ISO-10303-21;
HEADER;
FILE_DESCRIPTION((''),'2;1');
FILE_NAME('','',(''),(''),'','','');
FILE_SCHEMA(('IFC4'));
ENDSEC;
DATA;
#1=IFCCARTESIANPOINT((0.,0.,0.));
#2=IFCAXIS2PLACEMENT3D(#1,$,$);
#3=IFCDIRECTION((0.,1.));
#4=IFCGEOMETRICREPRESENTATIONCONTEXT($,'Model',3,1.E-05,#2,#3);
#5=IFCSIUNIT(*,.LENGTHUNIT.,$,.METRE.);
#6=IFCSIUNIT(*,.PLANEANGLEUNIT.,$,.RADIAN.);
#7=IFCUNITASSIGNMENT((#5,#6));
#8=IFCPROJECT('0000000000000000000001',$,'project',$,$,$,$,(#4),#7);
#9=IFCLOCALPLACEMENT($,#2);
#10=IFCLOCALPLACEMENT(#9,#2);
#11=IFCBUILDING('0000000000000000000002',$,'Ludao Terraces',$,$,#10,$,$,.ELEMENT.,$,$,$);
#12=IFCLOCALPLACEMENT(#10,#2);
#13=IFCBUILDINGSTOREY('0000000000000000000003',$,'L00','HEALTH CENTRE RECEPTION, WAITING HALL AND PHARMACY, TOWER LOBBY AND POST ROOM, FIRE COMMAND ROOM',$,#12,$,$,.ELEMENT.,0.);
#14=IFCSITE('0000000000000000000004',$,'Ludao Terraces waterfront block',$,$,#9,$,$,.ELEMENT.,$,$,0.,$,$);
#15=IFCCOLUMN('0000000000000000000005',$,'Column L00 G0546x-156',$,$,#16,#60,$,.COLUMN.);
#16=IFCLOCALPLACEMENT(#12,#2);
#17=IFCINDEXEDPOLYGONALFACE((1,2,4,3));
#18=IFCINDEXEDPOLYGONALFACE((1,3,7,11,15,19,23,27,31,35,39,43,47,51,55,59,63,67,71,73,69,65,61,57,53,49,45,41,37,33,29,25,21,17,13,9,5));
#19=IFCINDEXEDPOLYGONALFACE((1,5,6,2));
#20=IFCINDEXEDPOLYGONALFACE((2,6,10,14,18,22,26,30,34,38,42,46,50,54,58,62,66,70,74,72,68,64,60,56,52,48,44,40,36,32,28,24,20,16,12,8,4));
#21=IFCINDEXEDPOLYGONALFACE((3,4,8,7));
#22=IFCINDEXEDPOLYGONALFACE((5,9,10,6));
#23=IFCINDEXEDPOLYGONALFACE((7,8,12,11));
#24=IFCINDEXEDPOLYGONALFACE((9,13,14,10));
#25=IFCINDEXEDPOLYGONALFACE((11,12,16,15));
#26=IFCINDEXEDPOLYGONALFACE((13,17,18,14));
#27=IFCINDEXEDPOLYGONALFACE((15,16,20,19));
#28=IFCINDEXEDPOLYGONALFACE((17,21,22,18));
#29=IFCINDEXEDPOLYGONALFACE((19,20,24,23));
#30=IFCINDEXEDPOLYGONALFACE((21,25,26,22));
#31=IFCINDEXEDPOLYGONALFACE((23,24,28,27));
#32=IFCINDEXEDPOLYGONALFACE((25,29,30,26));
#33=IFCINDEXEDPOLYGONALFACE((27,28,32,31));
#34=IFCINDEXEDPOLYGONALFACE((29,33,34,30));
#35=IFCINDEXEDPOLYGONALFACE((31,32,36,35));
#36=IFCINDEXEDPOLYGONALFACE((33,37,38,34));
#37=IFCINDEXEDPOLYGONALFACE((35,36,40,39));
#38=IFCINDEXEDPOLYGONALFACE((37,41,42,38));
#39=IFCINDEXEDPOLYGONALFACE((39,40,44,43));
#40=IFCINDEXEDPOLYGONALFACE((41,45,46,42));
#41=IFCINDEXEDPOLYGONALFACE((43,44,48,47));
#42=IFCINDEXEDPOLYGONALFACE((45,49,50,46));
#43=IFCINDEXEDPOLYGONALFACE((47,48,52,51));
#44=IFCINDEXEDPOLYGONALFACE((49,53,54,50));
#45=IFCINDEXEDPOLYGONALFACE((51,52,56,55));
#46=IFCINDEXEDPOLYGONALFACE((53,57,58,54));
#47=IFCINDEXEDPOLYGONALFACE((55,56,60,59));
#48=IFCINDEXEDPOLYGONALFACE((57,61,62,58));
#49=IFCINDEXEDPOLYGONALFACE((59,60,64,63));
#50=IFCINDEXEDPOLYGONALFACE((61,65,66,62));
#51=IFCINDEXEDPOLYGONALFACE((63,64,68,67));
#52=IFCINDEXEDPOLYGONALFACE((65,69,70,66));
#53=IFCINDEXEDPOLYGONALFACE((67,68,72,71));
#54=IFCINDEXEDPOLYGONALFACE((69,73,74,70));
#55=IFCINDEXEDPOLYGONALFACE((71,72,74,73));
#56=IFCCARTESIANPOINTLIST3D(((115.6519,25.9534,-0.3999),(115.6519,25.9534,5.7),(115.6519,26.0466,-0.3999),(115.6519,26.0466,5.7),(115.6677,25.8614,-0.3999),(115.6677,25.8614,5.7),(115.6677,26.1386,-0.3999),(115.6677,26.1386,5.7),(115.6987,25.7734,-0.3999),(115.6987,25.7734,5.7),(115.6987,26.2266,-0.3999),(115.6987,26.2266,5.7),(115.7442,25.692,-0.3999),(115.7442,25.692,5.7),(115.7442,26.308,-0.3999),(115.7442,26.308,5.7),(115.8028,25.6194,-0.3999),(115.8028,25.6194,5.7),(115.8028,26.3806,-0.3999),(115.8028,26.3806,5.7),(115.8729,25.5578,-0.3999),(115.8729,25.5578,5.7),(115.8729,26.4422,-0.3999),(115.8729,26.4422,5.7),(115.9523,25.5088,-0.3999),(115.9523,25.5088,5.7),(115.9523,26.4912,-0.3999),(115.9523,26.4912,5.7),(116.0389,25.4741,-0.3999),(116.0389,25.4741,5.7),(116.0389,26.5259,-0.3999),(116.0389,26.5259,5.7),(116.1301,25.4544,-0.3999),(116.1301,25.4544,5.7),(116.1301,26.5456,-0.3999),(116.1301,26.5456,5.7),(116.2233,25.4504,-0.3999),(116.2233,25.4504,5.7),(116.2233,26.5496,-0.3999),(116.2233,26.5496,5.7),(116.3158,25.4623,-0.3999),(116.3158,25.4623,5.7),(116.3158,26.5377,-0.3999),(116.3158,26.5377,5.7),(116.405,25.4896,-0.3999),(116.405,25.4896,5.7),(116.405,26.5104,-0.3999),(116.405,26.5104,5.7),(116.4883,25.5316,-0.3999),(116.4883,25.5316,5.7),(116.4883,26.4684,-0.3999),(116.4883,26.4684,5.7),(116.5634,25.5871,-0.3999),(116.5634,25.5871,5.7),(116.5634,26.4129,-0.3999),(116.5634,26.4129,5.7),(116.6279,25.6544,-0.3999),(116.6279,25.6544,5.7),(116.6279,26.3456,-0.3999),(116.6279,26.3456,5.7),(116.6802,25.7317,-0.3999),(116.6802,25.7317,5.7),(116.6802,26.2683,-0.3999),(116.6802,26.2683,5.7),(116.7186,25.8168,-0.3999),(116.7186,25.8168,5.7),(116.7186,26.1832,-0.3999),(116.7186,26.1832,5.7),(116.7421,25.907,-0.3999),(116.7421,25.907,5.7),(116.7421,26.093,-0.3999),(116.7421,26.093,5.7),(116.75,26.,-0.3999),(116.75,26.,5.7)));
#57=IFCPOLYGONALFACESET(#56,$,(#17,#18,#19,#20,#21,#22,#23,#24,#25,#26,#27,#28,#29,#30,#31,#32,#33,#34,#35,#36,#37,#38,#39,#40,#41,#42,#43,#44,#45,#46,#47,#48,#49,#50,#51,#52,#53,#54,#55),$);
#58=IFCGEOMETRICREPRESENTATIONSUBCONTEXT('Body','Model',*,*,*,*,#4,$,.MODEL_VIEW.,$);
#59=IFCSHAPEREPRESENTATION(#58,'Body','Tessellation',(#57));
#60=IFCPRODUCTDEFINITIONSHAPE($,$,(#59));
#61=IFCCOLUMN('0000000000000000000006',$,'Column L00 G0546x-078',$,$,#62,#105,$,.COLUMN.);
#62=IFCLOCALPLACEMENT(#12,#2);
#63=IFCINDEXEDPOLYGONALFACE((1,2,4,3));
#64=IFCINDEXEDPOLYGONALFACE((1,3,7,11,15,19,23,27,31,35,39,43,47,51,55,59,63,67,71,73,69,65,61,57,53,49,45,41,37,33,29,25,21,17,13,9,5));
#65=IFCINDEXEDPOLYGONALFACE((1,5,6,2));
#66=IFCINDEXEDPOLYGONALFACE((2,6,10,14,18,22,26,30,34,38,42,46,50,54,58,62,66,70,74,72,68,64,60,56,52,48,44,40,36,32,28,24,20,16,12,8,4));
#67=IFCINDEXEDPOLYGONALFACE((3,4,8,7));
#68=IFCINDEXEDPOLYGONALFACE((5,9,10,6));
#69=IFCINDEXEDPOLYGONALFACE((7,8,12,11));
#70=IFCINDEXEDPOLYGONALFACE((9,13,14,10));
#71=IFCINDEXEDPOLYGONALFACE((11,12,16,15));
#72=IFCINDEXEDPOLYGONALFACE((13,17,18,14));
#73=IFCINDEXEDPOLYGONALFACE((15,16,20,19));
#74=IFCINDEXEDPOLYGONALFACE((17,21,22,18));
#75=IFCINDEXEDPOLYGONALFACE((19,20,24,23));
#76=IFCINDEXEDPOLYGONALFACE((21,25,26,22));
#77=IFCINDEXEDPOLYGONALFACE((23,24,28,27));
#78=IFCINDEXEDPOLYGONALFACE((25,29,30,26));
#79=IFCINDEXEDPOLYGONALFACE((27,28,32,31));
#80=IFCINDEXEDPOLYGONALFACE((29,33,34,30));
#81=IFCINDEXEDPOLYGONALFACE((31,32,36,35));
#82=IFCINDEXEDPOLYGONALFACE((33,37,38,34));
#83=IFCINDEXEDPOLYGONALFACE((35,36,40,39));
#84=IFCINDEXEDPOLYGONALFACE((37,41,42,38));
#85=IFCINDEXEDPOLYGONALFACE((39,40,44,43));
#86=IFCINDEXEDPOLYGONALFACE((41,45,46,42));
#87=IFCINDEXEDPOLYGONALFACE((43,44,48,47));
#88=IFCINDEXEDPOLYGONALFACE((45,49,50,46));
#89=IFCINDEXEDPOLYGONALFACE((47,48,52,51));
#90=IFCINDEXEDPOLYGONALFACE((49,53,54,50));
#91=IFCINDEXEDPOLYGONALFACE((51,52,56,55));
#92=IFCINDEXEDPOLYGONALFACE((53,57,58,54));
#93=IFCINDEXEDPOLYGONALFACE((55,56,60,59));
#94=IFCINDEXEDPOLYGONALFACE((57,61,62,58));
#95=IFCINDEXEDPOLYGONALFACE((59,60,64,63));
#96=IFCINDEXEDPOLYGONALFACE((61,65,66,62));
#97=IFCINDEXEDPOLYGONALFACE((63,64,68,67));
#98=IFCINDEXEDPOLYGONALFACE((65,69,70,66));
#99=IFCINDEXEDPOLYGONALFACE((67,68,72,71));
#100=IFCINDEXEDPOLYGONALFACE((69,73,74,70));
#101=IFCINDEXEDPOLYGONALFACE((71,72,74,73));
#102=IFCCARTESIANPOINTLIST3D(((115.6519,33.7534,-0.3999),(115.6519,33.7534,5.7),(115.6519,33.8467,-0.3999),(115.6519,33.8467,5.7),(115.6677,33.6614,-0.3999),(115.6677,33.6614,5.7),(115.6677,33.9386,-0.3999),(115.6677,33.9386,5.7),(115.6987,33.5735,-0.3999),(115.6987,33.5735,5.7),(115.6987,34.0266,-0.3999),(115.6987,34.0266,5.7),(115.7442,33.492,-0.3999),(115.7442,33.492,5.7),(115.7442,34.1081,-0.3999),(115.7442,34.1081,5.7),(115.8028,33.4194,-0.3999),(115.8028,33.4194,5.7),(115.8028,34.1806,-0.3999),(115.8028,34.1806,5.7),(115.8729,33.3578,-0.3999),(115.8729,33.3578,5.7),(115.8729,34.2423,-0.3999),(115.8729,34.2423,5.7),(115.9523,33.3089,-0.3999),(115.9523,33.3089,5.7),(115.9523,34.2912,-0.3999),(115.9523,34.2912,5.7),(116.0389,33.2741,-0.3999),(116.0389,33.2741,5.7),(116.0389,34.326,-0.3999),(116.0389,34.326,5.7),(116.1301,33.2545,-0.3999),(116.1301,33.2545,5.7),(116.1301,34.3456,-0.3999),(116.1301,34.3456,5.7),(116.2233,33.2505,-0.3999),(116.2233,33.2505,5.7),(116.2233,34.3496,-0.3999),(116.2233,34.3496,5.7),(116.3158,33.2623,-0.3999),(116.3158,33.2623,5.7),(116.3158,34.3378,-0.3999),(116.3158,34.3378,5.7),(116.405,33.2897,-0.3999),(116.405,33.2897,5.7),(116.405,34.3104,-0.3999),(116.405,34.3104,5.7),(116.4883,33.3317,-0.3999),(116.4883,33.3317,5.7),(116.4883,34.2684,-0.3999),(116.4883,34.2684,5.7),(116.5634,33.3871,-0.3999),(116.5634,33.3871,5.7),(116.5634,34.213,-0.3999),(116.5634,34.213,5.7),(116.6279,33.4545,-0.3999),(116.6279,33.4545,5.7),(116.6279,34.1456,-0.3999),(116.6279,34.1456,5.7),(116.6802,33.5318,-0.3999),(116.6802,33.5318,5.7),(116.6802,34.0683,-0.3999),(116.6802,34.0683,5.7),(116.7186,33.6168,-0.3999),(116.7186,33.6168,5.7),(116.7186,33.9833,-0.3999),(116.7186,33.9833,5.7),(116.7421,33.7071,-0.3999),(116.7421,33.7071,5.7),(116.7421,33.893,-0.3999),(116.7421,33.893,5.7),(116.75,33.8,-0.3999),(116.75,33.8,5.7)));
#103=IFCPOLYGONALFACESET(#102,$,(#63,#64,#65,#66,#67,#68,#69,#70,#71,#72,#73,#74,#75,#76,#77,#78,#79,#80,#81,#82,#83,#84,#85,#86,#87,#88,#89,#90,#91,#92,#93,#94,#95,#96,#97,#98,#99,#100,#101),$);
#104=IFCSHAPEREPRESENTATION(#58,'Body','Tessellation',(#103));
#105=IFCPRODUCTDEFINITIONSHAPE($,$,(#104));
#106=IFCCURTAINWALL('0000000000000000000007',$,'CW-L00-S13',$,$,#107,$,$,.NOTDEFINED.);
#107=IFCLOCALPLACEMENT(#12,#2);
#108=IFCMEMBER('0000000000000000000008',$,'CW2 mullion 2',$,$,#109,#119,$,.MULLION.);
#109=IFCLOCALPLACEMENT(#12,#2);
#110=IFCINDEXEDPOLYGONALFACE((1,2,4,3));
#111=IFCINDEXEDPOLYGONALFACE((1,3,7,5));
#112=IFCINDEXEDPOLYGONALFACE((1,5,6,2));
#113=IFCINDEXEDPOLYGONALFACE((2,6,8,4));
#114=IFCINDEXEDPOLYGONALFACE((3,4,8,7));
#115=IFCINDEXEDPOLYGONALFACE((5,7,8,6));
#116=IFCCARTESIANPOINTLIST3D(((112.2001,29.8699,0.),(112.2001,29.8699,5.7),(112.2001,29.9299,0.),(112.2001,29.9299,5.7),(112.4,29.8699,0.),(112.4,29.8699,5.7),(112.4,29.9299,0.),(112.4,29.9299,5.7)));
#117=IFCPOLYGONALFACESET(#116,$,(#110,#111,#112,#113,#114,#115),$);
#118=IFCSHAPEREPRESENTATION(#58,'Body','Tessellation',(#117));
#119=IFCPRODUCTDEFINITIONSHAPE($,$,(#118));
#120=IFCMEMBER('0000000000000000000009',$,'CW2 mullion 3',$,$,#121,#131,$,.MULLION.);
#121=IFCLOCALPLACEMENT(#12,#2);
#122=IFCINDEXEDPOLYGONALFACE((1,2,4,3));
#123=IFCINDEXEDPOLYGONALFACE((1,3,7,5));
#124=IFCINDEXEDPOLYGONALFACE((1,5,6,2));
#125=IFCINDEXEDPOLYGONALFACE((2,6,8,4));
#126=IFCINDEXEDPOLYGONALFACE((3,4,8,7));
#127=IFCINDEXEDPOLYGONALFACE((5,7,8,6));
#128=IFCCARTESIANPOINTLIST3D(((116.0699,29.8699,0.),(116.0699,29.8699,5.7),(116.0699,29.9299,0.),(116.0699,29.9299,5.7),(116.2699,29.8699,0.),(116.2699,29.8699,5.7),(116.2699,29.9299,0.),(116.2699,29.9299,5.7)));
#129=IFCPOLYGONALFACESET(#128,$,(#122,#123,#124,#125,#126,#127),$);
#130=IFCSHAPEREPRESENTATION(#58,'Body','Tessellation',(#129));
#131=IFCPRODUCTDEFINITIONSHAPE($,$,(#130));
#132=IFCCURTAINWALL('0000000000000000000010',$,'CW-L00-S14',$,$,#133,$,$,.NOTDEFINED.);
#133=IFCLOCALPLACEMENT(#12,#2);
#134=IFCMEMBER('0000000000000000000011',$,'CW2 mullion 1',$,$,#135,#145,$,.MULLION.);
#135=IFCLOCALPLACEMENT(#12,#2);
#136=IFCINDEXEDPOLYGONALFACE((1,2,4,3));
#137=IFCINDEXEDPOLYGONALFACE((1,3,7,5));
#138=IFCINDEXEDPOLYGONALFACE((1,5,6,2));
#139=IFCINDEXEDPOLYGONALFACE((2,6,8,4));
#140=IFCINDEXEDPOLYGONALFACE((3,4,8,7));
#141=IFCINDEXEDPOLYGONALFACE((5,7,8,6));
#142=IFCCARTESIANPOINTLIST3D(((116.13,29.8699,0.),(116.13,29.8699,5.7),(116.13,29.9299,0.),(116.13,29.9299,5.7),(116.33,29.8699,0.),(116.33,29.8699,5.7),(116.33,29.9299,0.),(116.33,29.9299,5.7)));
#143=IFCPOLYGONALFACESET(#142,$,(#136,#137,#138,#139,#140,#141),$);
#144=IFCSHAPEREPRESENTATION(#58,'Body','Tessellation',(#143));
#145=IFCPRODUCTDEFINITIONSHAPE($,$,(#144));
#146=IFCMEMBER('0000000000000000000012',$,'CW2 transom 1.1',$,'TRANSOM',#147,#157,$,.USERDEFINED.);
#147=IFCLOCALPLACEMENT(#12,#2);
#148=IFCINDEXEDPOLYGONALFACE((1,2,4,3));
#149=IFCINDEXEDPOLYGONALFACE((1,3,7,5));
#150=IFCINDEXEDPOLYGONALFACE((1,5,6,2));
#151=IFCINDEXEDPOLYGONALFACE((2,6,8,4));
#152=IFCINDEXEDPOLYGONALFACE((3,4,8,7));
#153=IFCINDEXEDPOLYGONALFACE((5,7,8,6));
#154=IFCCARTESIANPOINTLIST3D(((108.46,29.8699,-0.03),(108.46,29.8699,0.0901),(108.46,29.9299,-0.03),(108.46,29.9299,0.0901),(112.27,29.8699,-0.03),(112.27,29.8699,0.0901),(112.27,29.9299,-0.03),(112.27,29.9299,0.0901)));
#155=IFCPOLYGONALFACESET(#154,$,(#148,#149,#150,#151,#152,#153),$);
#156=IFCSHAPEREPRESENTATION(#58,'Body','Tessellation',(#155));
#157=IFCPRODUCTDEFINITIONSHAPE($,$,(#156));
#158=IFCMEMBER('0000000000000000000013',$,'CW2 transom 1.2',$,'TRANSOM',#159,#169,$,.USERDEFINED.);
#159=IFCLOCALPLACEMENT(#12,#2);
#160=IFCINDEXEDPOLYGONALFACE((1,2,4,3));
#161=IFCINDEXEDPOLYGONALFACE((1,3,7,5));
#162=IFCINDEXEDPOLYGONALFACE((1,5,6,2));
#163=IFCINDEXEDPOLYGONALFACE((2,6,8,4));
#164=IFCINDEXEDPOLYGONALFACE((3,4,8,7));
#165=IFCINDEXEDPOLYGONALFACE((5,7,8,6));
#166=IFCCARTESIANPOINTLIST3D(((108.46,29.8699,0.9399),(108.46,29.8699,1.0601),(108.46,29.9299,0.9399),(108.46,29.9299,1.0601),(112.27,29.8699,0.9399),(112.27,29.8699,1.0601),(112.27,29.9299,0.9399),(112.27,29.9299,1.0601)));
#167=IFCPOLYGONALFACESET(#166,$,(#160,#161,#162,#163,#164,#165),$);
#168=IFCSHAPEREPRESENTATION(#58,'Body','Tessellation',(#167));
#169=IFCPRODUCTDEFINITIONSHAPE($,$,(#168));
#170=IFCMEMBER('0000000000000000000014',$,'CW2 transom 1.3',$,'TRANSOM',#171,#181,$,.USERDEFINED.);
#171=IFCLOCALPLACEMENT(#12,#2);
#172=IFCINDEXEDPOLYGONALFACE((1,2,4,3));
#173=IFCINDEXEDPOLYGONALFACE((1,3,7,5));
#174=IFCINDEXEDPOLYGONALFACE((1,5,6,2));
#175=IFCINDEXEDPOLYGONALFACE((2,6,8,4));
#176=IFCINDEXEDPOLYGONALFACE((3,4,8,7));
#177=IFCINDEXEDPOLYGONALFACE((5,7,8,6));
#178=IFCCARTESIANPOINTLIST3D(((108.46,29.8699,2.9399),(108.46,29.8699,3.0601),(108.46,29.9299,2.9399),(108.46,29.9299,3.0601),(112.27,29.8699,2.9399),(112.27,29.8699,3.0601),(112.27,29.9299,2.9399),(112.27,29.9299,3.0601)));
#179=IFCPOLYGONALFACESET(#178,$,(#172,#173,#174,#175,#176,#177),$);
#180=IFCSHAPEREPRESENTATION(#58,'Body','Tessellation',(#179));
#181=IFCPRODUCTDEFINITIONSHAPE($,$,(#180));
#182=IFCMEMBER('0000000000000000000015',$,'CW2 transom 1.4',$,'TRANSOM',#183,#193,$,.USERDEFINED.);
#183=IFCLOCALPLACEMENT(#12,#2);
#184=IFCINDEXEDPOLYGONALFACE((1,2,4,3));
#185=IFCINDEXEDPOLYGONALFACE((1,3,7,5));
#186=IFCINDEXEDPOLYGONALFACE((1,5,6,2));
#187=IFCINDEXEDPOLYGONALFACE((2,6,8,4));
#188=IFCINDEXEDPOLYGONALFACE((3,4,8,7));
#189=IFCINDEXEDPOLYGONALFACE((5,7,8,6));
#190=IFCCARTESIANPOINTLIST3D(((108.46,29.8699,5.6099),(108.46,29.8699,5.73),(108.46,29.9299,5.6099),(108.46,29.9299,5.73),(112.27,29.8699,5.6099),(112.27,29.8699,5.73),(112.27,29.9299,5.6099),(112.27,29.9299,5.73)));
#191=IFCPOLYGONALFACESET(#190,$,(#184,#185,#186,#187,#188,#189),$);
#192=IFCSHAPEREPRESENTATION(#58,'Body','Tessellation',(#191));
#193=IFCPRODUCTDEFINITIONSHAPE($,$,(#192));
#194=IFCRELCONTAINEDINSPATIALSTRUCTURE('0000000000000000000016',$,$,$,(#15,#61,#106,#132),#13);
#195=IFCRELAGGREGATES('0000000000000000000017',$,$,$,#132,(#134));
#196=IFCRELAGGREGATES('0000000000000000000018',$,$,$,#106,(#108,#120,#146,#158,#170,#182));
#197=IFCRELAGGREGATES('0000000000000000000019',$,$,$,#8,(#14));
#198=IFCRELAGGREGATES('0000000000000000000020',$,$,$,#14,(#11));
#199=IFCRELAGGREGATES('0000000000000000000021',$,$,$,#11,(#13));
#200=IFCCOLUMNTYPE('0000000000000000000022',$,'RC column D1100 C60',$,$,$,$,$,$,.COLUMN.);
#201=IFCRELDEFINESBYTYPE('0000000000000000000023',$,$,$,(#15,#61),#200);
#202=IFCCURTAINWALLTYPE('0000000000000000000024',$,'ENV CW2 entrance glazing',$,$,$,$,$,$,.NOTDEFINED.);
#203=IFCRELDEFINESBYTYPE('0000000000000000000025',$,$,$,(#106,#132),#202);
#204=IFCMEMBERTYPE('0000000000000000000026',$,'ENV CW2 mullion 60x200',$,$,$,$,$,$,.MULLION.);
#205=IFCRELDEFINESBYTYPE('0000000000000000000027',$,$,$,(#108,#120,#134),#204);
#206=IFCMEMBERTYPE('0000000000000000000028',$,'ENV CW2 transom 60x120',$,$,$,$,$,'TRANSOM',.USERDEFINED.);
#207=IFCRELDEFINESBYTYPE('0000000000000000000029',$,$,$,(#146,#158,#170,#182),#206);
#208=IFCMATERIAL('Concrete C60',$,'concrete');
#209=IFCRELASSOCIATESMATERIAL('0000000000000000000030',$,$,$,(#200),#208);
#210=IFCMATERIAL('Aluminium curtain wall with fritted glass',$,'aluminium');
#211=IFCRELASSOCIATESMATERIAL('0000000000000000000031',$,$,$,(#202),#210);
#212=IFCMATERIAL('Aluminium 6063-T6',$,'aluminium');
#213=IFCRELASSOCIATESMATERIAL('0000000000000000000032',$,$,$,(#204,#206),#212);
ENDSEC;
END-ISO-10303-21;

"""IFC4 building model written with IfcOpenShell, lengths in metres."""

from ifc_helpers import new_model, si_unit, direction, frame, origin, origin_2d, place, context, subcontext, project, spatial, rectangle, circle, extrude, material, material_profile, profile_set, type_object, element, aggregate, save


model = new_model("IFC4")

# Units and contexts
model_context = context("Model", 3, precision=1e-05, world=origin(), true_north=direction((0.0, 1.0)))
body_context = subcontext(model_context, "Body", "Model", "MODEL_VIEW")
ifc_project = project(units=[si_unit("LENGTHUNIT", "METRE"), si_unit("PLANEANGLEUNIT", "RADIAN")], contexts=[model_context])

# Site, building, storey
site_placement = place(None, origin())
site = spatial("IfcSite", under=ifc_project, at=site_placement, Name="Ludao Terraces waterfront block", CompositionType="ELEMENT", RefElevation=0.0)
building_placement = place(site_placement, origin())
building = spatial("IfcBuilding", under=site, at=building_placement, Name="Ludao Terraces", CompositionType="ELEMENT")
storey_placement = place(building_placement, origin())
storey = spatial("IfcBuildingStorey", under=building, at=storey_placement, Name="L00", Description="HEALTH CENTRE RECEPTION, WAITING HALL AND PHARMACY, TOWER LOBBY AND POST ROOM, FIRE COMMAND ROOM", CompositionType="ELEMENT", Elevation=0.0)

# Columns
ifc_material_1 = material(Name="Concrete C60", Category="concrete")
ifc_material_profile_1 = material_profile(ifc_material_1, circle(Radius=0.55, at=origin_2d()), Name="D1100")
ifc_profile_set_1 = profile_set([ifc_material_profile_1], Name="Concrete C60")
column_type = type_object("IfcColumnType", Name="RC column D1100 C60", PredefinedType="COLUMN", material=ifc_profile_set_1)
for number, where, z_axis, x_axis, name in (
    (1, (116.2, 26.0, -0.3999), (0.0, 0.0, 1.0), (1.0, 0.0, 0.0), "Column L00 G0546x-156"),
    (2, (116.2, 33.8, -0.3999), (0.0, 0.0, 1.0), (1.0, 0.0, 0.0), "Column L00 G0546x-078"),
):
    element("IfcColumn", number, at=place(storey_placement, frame(where, z_axis=z_axis, x_axis=x_axis)), inside=storey, type_object=column_type, Name=name, PredefinedType="COLUMN", context=body_context, shape_type="SweptSolid", body=[
        extrude(circle(Radius=0.55, at=origin_2d()), origin(), (0.0, 0.0, 1.0), 6.0999),
    ])

# Curtain wall, members
ifc_material_2 = material(Name="Aluminium curtain wall with fritted glass", Category="aluminium")
curtain_wall_type = type_object("IfcCurtainWallType", Name="ENV CW2 entrance glazing", PredefinedType="NOTDEFINED", material=ifc_material_2)
curtain_wall_1_placement = place(storey_placement, origin())
curtain_wall_1 = element("IfcCurtainWall", 3, at=curtain_wall_1_placement, inside=storey, type_object=curtain_wall_type, Name="CW-L00-S13", PredefinedType="NOTDEFINED")
ifc_material_3 = material(Name="Aluminium 6063-T6", Category="aluminium")
ifc_material_profile_2 = material_profile(ifc_material_3, rectangle(XDim=0.0601, YDim=0.2, at=origin_2d()), Name="60 X 200")
ifc_profile_set_2 = profile_set([ifc_material_profile_2], Name="Aluminium 6063-T6")
member_type_1 = type_object("IfcMemberType", Name="ENV CW2 mullion 60x200", PredefinedType="MULLION", material=ifc_profile_set_2)
member_1_placement = place(storey_placement, frame((112.3, 29.8999, 0.0), z_axis=(0.0, 0.0, 1.0), x_axis=(0.0, 1.0, 0.0)))
member_1 = element("IfcMember", 4, at=member_1_placement, type_object=member_type_1, Name="CW2 mullion 2", PredefinedType="MULLION", context=body_context, shape_type="SweptSolid", body=[
    extrude(rectangle(XDim=0.0601, YDim=0.2, at=origin_2d()), origin(), (0.0, 0.0, 1.0), 5.7),
])
member_2_placement = place(storey_placement, frame((116.1699, 29.8999, 0.0), z_axis=(0.0, 0.0, 1.0), x_axis=(0.0, 1.0, 0.0)))
member_2 = element("IfcMember", 5, at=member_2_placement, type_object=member_type_1, Name="CW2 mullion 3", PredefinedType="MULLION", context=body_context, shape_type="SweptSolid", body=[
    extrude(rectangle(XDim=0.0601, YDim=0.2, at=origin_2d()), origin(), (0.0, 0.0, 1.0), 5.7),
])

# Curtain wall, member
curtain_wall_2_placement = place(storey_placement, origin())
curtain_wall_2 = element("IfcCurtainWall", 6, at=curtain_wall_2_placement, inside=storey, type_object=curtain_wall_type, Name="CW-L00-S14", PredefinedType="NOTDEFINED")
member_3_placement = place(storey_placement, frame((116.23, 29.8999, 0.0), z_axis=(0.0, 0.0, 1.0), x_axis=(0.0, 1.0, 0.0)))
member_3 = element("IfcMember", 7, at=member_3_placement, type_object=member_type_1, Name="CW2 mullion 1", PredefinedType="MULLION", context=body_context, shape_type="SweptSolid", body=[
    extrude(rectangle(XDim=0.0601, YDim=0.2, at=origin_2d()), origin(), (0.0, 0.0, 1.0), 5.7),
])
aggregate(curtain_wall_2, [member_3])

# Members
ifc_material_profile_3 = material_profile(ifc_material_3, rectangle(XDim=0.0601, YDim=0.1201, at=origin_2d()), Name="60 X 120")
ifc_profile_set_3 = profile_set([ifc_material_profile_3], Name="Aluminium 6063-T6")
member_type_2 = type_object("IfcMemberType", Name="ENV CW2 transom 60x120", ElementType="TRANSOM", PredefinedType="USERDEFINED", material=ifc_profile_set_3)
member_4_placement = place(storey_placement, frame((108.46, 29.8999, 0.03), z_axis=(1.0, 0.0, 0.0), x_axis=(0.0, 1.0, 0.0)))
member_4 = element("IfcMember", 8, at=member_4_placement, type_object=member_type_2, Name="CW2 transom 1.1", ObjectType="TRANSOM", PredefinedType="USERDEFINED", context=body_context, shape_type="SweptSolid", body=[
    extrude(rectangle(XDim=0.0601, YDim=0.1201, at=origin_2d()), origin(), (0.0, 0.0, 1.0), 3.8101),
])
member_5_placement = place(storey_placement, frame((108.46, 29.8999, 1.0), z_axis=(1.0, 0.0, 0.0), x_axis=(0.0, 1.0, 0.0)))
member_5 = element("IfcMember", 9, at=member_5_placement, type_object=member_type_2, Name="CW2 transom 1.2", ObjectType="TRANSOM", PredefinedType="USERDEFINED", context=body_context, shape_type="SweptSolid", body=[
    extrude(rectangle(XDim=0.0601, YDim=0.1201, at=origin_2d()), origin(), (0.0, 0.0, 1.0), 3.8101),
])
member_6_placement = place(storey_placement, frame((108.46, 29.8999, 3.0), z_axis=(1.0, 0.0, 0.0), x_axis=(0.0, 1.0, 0.0)))
member_6 = element("IfcMember", 10, at=member_6_placement, type_object=member_type_2, Name="CW2 transom 1.3", ObjectType="TRANSOM", PredefinedType="USERDEFINED", context=body_context, shape_type="SweptSolid", body=[
    extrude(rectangle(XDim=0.0601, YDim=0.1201, at=origin_2d()), origin(), (0.0, 0.0, 1.0), 3.8101),
])
member_7_placement = place(storey_placement, frame((108.46, 29.8999, 5.6699), z_axis=(1.0, 0.0, 0.0), x_axis=(0.0, 1.0, 0.0)))
member_7 = element("IfcMember", 11, at=member_7_placement, type_object=member_type_2, Name="CW2 transom 1.4", ObjectType="TRANSOM", PredefinedType="USERDEFINED", context=body_context, shape_type="SweptSolid", body=[
    extrude(rectangle(XDim=0.0601, YDim=0.1201, at=origin_2d()), origin(), (0.0, 0.0, 1.0), 3.8101),
])

aggregate(curtain_wall_1, [member_1, member_2, member_4, member_5, member_6, member_7])

save(model, "model.ifc")
